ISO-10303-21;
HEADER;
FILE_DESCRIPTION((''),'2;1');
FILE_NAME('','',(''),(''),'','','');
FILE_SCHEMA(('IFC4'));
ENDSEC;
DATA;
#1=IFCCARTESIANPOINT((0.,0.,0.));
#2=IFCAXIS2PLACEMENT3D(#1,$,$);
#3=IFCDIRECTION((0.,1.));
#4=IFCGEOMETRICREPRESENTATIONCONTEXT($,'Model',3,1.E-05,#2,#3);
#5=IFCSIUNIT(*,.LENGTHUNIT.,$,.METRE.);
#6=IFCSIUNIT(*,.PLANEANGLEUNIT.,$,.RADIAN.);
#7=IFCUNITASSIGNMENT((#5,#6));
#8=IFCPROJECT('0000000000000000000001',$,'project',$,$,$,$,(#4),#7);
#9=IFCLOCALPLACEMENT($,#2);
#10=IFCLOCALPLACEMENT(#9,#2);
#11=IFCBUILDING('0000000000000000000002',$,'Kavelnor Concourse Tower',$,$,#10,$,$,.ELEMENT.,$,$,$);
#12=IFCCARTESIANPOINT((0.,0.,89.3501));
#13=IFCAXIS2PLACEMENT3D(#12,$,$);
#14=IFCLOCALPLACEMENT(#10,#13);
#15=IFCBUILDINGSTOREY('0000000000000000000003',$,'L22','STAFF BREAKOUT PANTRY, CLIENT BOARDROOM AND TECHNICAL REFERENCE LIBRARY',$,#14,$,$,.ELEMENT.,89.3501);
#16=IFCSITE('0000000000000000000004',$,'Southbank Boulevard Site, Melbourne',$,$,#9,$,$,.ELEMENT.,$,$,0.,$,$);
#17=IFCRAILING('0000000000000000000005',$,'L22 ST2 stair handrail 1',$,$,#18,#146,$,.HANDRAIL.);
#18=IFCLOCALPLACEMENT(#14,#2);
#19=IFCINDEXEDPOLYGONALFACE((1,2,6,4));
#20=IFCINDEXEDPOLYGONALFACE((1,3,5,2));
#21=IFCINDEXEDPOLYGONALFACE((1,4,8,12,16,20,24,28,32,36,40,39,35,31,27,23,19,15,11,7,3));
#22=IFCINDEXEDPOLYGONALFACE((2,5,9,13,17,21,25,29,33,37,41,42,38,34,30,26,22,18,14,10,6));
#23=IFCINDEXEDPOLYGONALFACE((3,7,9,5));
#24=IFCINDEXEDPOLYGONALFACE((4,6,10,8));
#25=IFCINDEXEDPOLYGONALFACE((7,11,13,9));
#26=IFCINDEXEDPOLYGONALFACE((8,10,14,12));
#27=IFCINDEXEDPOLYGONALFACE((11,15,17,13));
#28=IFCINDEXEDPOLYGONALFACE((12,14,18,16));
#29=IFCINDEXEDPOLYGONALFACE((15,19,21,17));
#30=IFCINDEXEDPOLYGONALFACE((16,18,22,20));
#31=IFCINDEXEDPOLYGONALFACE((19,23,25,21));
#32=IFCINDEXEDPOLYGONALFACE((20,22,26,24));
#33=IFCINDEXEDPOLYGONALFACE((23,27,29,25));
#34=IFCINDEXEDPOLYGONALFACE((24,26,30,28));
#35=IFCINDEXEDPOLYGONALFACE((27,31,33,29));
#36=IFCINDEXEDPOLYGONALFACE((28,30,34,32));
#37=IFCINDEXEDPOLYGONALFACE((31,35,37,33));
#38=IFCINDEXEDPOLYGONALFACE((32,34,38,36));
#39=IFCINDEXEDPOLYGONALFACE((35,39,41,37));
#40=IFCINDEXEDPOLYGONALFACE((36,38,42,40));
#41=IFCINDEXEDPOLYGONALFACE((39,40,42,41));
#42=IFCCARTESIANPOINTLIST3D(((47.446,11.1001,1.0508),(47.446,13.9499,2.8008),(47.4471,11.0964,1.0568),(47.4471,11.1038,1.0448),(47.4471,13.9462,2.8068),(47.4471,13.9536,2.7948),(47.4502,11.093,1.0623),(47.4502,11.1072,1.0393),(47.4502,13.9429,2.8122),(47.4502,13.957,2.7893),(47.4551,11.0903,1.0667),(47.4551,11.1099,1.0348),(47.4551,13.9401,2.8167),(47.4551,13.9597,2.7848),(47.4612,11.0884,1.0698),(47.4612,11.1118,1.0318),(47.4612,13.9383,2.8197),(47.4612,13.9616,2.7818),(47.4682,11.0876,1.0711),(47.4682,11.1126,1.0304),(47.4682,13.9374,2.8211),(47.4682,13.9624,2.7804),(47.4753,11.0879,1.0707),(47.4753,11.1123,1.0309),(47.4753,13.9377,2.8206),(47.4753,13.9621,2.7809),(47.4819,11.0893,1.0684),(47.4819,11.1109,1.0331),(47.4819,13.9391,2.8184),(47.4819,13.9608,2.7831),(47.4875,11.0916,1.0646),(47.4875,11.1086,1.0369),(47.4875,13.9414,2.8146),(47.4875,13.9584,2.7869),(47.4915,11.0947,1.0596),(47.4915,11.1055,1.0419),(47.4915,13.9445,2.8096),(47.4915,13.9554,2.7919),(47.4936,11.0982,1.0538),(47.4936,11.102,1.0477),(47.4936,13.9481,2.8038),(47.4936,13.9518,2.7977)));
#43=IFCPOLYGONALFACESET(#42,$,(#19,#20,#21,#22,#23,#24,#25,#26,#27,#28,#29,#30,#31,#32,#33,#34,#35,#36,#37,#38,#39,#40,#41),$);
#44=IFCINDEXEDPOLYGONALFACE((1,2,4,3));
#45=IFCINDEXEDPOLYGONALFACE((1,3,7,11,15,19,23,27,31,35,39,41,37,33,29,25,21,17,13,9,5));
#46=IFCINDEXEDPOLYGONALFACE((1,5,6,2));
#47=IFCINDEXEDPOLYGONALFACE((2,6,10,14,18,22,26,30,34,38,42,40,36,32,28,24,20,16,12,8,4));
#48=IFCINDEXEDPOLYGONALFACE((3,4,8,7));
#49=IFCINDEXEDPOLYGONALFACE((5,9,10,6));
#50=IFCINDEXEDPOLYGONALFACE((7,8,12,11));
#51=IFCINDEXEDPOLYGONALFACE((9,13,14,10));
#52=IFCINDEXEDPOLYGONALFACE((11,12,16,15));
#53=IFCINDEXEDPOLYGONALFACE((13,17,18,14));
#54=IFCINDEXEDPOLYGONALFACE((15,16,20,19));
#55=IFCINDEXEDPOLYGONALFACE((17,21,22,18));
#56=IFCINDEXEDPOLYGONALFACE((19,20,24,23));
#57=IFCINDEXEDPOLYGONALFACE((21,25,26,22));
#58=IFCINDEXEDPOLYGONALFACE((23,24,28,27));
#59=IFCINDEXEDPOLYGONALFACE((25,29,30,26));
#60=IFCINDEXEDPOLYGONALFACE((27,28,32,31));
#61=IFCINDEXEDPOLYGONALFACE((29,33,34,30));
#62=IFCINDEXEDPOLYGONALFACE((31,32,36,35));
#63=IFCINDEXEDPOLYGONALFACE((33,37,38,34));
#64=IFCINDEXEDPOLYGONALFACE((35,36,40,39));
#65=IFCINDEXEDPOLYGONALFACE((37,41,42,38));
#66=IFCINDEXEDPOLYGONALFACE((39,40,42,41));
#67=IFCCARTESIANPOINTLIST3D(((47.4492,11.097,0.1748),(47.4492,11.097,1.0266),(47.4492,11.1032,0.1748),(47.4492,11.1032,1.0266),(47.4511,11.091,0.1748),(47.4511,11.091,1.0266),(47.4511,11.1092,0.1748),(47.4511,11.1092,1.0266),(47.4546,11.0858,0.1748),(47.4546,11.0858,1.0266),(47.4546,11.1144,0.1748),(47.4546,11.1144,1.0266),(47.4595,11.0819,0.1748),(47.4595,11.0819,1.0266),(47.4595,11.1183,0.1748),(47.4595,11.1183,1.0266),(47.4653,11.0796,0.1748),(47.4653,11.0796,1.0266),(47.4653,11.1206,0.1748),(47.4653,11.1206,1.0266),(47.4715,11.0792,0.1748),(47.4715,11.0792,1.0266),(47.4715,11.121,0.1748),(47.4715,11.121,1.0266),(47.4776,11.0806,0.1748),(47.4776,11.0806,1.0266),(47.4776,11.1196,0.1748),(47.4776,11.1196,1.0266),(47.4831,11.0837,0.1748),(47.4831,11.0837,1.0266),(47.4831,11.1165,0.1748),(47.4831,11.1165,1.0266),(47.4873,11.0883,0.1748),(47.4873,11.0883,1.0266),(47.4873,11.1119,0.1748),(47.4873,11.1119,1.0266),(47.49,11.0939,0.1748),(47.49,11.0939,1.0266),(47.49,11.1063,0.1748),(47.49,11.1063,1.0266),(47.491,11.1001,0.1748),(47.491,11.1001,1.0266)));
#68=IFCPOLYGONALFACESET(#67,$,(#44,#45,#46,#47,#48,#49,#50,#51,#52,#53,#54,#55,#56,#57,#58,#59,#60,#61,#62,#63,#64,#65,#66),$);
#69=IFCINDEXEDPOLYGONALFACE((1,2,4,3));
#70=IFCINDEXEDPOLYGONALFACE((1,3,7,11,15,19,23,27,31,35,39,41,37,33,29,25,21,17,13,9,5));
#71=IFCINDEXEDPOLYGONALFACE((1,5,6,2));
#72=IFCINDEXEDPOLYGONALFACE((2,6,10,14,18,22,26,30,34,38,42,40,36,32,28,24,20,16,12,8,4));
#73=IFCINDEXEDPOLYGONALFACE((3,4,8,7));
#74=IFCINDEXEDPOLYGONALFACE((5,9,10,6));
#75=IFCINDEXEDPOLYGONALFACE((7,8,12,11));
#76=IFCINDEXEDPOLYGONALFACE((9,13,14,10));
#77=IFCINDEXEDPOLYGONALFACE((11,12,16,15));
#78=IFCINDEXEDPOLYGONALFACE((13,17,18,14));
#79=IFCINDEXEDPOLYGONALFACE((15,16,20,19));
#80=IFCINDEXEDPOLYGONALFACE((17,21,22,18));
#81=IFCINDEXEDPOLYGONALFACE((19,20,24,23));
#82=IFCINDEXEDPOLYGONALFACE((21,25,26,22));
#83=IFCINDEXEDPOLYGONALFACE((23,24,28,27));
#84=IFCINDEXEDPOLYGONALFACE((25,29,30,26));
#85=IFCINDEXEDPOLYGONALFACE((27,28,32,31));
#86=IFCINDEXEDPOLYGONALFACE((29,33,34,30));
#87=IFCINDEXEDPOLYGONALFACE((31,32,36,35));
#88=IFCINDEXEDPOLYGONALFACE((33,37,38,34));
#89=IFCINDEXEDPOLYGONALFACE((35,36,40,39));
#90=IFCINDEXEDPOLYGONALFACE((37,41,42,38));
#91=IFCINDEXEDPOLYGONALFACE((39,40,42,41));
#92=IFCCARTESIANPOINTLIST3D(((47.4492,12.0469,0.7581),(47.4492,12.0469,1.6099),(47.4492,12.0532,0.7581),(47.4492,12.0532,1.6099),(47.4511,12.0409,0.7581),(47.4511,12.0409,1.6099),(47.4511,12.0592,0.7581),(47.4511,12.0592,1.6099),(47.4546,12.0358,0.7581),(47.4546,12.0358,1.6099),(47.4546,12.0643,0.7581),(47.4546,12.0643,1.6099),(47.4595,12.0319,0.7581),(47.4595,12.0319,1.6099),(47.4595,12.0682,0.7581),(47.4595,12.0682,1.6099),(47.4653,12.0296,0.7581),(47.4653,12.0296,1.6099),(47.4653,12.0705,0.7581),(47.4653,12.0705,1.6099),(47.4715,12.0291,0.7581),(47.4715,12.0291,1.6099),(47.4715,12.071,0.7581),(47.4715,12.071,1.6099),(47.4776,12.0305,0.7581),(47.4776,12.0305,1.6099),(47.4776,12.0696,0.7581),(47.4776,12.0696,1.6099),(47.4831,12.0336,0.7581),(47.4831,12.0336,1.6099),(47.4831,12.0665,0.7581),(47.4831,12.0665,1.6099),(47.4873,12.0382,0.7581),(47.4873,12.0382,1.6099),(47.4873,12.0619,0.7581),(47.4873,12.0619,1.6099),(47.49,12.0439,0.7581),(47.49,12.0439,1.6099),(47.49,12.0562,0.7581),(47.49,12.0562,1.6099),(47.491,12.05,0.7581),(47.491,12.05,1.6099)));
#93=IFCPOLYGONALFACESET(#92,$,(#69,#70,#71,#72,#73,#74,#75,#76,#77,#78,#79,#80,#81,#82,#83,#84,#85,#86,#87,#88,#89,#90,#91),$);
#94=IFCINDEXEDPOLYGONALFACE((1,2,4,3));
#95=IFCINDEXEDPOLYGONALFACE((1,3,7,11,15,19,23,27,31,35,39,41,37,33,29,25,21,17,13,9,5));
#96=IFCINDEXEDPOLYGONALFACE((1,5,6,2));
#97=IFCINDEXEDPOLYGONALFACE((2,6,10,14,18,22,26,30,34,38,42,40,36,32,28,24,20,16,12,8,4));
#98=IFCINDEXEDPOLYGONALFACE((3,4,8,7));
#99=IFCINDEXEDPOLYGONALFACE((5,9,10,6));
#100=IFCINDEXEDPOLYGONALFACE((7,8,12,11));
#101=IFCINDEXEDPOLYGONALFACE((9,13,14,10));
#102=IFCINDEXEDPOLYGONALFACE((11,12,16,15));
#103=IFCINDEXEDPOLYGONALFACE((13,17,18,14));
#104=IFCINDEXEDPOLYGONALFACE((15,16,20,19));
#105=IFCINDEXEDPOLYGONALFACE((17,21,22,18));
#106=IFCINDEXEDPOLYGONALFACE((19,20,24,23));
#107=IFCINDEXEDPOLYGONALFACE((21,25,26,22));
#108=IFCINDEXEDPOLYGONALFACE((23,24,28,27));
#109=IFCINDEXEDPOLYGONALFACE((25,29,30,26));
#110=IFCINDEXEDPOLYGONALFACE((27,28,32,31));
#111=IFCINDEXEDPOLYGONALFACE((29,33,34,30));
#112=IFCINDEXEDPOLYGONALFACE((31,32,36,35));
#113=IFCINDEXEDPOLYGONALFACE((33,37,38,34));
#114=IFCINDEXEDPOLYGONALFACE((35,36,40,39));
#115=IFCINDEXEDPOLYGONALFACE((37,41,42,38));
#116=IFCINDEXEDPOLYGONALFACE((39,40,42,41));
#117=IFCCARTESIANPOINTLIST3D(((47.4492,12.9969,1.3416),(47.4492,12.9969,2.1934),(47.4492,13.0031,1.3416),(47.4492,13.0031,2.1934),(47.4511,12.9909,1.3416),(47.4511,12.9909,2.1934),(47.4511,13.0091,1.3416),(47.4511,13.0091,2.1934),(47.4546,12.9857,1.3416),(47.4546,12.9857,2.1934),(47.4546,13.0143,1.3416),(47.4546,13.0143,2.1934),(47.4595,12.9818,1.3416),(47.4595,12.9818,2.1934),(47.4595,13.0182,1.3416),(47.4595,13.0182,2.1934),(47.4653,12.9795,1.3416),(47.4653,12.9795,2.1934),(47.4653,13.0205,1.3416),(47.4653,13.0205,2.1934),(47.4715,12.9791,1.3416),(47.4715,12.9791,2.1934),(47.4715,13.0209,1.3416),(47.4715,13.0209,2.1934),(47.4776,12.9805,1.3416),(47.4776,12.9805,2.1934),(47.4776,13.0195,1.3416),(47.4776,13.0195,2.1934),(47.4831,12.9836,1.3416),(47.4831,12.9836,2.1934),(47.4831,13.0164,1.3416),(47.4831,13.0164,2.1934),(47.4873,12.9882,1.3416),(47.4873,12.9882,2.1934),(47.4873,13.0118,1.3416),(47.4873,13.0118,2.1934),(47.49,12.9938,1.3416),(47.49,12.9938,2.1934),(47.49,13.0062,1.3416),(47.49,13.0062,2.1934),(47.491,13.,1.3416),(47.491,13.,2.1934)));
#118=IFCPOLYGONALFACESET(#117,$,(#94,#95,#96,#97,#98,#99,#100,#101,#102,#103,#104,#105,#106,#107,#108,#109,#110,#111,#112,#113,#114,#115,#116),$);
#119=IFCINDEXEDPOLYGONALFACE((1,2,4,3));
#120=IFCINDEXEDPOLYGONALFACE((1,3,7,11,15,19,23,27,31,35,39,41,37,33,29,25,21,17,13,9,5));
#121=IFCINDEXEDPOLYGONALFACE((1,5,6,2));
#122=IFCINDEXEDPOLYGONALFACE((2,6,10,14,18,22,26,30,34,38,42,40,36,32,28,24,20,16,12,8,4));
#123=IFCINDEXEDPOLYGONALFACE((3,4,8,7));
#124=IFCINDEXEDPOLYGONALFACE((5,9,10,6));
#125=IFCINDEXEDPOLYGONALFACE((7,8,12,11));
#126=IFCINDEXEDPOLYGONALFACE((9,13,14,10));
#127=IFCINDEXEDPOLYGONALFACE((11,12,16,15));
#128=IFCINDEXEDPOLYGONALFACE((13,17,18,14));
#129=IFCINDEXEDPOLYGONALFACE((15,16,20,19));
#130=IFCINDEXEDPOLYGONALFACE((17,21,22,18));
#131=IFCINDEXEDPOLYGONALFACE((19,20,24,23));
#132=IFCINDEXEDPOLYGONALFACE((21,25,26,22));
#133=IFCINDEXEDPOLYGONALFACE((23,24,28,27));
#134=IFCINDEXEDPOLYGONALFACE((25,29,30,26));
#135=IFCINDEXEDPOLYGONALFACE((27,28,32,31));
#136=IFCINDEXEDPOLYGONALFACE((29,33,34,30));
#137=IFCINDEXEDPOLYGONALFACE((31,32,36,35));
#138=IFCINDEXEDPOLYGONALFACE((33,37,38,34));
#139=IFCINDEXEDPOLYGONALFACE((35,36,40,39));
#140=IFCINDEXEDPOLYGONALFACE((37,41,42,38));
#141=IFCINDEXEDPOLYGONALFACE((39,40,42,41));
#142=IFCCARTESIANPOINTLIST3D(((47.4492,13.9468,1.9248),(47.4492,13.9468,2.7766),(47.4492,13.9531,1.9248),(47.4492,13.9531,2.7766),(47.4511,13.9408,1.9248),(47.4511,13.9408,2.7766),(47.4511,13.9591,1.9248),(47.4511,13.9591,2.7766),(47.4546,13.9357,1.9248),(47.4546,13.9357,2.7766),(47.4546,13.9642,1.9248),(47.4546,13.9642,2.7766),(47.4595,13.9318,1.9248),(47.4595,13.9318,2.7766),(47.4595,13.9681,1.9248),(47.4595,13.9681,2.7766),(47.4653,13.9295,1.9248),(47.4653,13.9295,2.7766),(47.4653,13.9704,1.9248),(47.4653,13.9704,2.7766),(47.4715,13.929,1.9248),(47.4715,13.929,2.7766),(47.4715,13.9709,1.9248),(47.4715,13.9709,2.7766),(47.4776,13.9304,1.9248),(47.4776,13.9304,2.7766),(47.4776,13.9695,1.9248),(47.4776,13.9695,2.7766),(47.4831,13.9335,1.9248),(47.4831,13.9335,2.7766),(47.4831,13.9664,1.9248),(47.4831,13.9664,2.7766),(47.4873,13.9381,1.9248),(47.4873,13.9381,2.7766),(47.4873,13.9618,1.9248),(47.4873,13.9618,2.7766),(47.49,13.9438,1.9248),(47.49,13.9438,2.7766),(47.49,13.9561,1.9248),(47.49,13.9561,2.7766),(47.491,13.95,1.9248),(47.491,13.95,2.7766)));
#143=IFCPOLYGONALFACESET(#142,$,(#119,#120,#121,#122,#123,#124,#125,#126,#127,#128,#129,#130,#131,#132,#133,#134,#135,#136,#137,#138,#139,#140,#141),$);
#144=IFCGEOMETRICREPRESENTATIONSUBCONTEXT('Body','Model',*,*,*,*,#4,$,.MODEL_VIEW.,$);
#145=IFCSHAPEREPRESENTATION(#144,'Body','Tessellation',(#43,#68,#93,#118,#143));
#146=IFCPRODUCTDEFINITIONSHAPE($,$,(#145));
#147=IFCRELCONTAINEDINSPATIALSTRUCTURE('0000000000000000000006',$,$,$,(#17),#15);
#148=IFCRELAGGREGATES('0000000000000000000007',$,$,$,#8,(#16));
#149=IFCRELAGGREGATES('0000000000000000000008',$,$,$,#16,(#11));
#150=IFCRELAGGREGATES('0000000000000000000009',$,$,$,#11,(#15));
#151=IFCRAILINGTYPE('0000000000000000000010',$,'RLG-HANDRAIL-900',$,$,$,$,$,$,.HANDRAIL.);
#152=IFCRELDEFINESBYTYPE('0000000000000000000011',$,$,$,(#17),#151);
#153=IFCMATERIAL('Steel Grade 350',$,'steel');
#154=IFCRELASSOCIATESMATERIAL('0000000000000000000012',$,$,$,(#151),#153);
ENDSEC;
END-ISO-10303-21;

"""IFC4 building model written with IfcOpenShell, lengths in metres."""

from ifc_helpers import new_model, si_unit, direction, frame, origin, origin_2d, place, context, subcontext, project, spatial, circle, extrude, material, type_object, element, save


model = new_model("IFC4")

# Units and contexts
model_context = context("Model", 3, precision=1e-05, world=origin(), true_north=direction((0.0, 1.0)))
body_context = subcontext(model_context, "Body", "Model", "MODEL_VIEW")
ifc_project = project(units=[si_unit("LENGTHUNIT", "METRE"), si_unit("PLANEANGLEUNIT", "RADIAN")], contexts=[model_context])

# Site, building, storey
site_placement = place(None, origin())
site = spatial("IfcSite", under=ifc_project, at=site_placement, Name="Southbank Boulevard Site, Melbourne", CompositionType="ELEMENT", RefElevation=0.0)
building_placement = place(site_placement, origin())
building = spatial("IfcBuilding", under=site, at=building_placement, Name="Kavelnor Concourse Tower", CompositionType="ELEMENT")
storey_placement = place(building_placement, frame((0.0, 0.0, 89.3501)))
storey = spatial("IfcBuildingStorey", under=building, at=storey_placement, Name="L22", Description="STAFF BREAKOUT PANTRY, CLIENT BOARDROOM AND TECHNICAL REFERENCE LIBRARY", CompositionType="ELEMENT", Elevation=89.3501)

# Shared definitions
ifc_material_1 = material(Name="Steel Grade 350", Category="steel")

# Railing
railing_type_1 = type_object("IfcRailingType", Name="RLG-HANDRAIL-900", PredefinedType="HANDRAIL", material=ifc_material_1)
railing_1_placement = place(storey_placement, frame((47.47, 11.1001, 0.1748)))
element("IfcRailing", 1, at=railing_1_placement, inside=storey, type_object=railing_type_1, Name="L22 ST2 stair handrail 1", PredefinedType="HANDRAIL", context=body_context, shape_type="SweptSolid", body=[
    extrude(circle(Radius=0.0239, at=origin_2d()), frame((0.0, 0.0, 0.876), z_axis=(0.0, 0.852159, 0.523283), x_axis=(-1.0, 0.0, 0.0)), (0.0, 0.0, 1.0), 3.3442),
    extrude(circle(Radius=0.021, at=origin_2d()), origin(), (0.0, 0.0, 1.0), 0.8518),
    extrude(circle(Radius=0.021, at=origin_2d()), frame((0.0, 0.95, 0.5833)), (0.0, 0.0, 1.0), 0.8518),
    extrude(circle(Radius=0.021, at=origin_2d()), frame((0.0, 1.8999, 1.1667)), (0.0, 0.0, 1.0), 0.8518),
    extrude(circle(Radius=0.021, at=origin_2d()), frame((0.0, 2.8499, 1.75)), (0.0, 0.0, 1.0), 0.8518),
])

save(model, "model.ifc")
